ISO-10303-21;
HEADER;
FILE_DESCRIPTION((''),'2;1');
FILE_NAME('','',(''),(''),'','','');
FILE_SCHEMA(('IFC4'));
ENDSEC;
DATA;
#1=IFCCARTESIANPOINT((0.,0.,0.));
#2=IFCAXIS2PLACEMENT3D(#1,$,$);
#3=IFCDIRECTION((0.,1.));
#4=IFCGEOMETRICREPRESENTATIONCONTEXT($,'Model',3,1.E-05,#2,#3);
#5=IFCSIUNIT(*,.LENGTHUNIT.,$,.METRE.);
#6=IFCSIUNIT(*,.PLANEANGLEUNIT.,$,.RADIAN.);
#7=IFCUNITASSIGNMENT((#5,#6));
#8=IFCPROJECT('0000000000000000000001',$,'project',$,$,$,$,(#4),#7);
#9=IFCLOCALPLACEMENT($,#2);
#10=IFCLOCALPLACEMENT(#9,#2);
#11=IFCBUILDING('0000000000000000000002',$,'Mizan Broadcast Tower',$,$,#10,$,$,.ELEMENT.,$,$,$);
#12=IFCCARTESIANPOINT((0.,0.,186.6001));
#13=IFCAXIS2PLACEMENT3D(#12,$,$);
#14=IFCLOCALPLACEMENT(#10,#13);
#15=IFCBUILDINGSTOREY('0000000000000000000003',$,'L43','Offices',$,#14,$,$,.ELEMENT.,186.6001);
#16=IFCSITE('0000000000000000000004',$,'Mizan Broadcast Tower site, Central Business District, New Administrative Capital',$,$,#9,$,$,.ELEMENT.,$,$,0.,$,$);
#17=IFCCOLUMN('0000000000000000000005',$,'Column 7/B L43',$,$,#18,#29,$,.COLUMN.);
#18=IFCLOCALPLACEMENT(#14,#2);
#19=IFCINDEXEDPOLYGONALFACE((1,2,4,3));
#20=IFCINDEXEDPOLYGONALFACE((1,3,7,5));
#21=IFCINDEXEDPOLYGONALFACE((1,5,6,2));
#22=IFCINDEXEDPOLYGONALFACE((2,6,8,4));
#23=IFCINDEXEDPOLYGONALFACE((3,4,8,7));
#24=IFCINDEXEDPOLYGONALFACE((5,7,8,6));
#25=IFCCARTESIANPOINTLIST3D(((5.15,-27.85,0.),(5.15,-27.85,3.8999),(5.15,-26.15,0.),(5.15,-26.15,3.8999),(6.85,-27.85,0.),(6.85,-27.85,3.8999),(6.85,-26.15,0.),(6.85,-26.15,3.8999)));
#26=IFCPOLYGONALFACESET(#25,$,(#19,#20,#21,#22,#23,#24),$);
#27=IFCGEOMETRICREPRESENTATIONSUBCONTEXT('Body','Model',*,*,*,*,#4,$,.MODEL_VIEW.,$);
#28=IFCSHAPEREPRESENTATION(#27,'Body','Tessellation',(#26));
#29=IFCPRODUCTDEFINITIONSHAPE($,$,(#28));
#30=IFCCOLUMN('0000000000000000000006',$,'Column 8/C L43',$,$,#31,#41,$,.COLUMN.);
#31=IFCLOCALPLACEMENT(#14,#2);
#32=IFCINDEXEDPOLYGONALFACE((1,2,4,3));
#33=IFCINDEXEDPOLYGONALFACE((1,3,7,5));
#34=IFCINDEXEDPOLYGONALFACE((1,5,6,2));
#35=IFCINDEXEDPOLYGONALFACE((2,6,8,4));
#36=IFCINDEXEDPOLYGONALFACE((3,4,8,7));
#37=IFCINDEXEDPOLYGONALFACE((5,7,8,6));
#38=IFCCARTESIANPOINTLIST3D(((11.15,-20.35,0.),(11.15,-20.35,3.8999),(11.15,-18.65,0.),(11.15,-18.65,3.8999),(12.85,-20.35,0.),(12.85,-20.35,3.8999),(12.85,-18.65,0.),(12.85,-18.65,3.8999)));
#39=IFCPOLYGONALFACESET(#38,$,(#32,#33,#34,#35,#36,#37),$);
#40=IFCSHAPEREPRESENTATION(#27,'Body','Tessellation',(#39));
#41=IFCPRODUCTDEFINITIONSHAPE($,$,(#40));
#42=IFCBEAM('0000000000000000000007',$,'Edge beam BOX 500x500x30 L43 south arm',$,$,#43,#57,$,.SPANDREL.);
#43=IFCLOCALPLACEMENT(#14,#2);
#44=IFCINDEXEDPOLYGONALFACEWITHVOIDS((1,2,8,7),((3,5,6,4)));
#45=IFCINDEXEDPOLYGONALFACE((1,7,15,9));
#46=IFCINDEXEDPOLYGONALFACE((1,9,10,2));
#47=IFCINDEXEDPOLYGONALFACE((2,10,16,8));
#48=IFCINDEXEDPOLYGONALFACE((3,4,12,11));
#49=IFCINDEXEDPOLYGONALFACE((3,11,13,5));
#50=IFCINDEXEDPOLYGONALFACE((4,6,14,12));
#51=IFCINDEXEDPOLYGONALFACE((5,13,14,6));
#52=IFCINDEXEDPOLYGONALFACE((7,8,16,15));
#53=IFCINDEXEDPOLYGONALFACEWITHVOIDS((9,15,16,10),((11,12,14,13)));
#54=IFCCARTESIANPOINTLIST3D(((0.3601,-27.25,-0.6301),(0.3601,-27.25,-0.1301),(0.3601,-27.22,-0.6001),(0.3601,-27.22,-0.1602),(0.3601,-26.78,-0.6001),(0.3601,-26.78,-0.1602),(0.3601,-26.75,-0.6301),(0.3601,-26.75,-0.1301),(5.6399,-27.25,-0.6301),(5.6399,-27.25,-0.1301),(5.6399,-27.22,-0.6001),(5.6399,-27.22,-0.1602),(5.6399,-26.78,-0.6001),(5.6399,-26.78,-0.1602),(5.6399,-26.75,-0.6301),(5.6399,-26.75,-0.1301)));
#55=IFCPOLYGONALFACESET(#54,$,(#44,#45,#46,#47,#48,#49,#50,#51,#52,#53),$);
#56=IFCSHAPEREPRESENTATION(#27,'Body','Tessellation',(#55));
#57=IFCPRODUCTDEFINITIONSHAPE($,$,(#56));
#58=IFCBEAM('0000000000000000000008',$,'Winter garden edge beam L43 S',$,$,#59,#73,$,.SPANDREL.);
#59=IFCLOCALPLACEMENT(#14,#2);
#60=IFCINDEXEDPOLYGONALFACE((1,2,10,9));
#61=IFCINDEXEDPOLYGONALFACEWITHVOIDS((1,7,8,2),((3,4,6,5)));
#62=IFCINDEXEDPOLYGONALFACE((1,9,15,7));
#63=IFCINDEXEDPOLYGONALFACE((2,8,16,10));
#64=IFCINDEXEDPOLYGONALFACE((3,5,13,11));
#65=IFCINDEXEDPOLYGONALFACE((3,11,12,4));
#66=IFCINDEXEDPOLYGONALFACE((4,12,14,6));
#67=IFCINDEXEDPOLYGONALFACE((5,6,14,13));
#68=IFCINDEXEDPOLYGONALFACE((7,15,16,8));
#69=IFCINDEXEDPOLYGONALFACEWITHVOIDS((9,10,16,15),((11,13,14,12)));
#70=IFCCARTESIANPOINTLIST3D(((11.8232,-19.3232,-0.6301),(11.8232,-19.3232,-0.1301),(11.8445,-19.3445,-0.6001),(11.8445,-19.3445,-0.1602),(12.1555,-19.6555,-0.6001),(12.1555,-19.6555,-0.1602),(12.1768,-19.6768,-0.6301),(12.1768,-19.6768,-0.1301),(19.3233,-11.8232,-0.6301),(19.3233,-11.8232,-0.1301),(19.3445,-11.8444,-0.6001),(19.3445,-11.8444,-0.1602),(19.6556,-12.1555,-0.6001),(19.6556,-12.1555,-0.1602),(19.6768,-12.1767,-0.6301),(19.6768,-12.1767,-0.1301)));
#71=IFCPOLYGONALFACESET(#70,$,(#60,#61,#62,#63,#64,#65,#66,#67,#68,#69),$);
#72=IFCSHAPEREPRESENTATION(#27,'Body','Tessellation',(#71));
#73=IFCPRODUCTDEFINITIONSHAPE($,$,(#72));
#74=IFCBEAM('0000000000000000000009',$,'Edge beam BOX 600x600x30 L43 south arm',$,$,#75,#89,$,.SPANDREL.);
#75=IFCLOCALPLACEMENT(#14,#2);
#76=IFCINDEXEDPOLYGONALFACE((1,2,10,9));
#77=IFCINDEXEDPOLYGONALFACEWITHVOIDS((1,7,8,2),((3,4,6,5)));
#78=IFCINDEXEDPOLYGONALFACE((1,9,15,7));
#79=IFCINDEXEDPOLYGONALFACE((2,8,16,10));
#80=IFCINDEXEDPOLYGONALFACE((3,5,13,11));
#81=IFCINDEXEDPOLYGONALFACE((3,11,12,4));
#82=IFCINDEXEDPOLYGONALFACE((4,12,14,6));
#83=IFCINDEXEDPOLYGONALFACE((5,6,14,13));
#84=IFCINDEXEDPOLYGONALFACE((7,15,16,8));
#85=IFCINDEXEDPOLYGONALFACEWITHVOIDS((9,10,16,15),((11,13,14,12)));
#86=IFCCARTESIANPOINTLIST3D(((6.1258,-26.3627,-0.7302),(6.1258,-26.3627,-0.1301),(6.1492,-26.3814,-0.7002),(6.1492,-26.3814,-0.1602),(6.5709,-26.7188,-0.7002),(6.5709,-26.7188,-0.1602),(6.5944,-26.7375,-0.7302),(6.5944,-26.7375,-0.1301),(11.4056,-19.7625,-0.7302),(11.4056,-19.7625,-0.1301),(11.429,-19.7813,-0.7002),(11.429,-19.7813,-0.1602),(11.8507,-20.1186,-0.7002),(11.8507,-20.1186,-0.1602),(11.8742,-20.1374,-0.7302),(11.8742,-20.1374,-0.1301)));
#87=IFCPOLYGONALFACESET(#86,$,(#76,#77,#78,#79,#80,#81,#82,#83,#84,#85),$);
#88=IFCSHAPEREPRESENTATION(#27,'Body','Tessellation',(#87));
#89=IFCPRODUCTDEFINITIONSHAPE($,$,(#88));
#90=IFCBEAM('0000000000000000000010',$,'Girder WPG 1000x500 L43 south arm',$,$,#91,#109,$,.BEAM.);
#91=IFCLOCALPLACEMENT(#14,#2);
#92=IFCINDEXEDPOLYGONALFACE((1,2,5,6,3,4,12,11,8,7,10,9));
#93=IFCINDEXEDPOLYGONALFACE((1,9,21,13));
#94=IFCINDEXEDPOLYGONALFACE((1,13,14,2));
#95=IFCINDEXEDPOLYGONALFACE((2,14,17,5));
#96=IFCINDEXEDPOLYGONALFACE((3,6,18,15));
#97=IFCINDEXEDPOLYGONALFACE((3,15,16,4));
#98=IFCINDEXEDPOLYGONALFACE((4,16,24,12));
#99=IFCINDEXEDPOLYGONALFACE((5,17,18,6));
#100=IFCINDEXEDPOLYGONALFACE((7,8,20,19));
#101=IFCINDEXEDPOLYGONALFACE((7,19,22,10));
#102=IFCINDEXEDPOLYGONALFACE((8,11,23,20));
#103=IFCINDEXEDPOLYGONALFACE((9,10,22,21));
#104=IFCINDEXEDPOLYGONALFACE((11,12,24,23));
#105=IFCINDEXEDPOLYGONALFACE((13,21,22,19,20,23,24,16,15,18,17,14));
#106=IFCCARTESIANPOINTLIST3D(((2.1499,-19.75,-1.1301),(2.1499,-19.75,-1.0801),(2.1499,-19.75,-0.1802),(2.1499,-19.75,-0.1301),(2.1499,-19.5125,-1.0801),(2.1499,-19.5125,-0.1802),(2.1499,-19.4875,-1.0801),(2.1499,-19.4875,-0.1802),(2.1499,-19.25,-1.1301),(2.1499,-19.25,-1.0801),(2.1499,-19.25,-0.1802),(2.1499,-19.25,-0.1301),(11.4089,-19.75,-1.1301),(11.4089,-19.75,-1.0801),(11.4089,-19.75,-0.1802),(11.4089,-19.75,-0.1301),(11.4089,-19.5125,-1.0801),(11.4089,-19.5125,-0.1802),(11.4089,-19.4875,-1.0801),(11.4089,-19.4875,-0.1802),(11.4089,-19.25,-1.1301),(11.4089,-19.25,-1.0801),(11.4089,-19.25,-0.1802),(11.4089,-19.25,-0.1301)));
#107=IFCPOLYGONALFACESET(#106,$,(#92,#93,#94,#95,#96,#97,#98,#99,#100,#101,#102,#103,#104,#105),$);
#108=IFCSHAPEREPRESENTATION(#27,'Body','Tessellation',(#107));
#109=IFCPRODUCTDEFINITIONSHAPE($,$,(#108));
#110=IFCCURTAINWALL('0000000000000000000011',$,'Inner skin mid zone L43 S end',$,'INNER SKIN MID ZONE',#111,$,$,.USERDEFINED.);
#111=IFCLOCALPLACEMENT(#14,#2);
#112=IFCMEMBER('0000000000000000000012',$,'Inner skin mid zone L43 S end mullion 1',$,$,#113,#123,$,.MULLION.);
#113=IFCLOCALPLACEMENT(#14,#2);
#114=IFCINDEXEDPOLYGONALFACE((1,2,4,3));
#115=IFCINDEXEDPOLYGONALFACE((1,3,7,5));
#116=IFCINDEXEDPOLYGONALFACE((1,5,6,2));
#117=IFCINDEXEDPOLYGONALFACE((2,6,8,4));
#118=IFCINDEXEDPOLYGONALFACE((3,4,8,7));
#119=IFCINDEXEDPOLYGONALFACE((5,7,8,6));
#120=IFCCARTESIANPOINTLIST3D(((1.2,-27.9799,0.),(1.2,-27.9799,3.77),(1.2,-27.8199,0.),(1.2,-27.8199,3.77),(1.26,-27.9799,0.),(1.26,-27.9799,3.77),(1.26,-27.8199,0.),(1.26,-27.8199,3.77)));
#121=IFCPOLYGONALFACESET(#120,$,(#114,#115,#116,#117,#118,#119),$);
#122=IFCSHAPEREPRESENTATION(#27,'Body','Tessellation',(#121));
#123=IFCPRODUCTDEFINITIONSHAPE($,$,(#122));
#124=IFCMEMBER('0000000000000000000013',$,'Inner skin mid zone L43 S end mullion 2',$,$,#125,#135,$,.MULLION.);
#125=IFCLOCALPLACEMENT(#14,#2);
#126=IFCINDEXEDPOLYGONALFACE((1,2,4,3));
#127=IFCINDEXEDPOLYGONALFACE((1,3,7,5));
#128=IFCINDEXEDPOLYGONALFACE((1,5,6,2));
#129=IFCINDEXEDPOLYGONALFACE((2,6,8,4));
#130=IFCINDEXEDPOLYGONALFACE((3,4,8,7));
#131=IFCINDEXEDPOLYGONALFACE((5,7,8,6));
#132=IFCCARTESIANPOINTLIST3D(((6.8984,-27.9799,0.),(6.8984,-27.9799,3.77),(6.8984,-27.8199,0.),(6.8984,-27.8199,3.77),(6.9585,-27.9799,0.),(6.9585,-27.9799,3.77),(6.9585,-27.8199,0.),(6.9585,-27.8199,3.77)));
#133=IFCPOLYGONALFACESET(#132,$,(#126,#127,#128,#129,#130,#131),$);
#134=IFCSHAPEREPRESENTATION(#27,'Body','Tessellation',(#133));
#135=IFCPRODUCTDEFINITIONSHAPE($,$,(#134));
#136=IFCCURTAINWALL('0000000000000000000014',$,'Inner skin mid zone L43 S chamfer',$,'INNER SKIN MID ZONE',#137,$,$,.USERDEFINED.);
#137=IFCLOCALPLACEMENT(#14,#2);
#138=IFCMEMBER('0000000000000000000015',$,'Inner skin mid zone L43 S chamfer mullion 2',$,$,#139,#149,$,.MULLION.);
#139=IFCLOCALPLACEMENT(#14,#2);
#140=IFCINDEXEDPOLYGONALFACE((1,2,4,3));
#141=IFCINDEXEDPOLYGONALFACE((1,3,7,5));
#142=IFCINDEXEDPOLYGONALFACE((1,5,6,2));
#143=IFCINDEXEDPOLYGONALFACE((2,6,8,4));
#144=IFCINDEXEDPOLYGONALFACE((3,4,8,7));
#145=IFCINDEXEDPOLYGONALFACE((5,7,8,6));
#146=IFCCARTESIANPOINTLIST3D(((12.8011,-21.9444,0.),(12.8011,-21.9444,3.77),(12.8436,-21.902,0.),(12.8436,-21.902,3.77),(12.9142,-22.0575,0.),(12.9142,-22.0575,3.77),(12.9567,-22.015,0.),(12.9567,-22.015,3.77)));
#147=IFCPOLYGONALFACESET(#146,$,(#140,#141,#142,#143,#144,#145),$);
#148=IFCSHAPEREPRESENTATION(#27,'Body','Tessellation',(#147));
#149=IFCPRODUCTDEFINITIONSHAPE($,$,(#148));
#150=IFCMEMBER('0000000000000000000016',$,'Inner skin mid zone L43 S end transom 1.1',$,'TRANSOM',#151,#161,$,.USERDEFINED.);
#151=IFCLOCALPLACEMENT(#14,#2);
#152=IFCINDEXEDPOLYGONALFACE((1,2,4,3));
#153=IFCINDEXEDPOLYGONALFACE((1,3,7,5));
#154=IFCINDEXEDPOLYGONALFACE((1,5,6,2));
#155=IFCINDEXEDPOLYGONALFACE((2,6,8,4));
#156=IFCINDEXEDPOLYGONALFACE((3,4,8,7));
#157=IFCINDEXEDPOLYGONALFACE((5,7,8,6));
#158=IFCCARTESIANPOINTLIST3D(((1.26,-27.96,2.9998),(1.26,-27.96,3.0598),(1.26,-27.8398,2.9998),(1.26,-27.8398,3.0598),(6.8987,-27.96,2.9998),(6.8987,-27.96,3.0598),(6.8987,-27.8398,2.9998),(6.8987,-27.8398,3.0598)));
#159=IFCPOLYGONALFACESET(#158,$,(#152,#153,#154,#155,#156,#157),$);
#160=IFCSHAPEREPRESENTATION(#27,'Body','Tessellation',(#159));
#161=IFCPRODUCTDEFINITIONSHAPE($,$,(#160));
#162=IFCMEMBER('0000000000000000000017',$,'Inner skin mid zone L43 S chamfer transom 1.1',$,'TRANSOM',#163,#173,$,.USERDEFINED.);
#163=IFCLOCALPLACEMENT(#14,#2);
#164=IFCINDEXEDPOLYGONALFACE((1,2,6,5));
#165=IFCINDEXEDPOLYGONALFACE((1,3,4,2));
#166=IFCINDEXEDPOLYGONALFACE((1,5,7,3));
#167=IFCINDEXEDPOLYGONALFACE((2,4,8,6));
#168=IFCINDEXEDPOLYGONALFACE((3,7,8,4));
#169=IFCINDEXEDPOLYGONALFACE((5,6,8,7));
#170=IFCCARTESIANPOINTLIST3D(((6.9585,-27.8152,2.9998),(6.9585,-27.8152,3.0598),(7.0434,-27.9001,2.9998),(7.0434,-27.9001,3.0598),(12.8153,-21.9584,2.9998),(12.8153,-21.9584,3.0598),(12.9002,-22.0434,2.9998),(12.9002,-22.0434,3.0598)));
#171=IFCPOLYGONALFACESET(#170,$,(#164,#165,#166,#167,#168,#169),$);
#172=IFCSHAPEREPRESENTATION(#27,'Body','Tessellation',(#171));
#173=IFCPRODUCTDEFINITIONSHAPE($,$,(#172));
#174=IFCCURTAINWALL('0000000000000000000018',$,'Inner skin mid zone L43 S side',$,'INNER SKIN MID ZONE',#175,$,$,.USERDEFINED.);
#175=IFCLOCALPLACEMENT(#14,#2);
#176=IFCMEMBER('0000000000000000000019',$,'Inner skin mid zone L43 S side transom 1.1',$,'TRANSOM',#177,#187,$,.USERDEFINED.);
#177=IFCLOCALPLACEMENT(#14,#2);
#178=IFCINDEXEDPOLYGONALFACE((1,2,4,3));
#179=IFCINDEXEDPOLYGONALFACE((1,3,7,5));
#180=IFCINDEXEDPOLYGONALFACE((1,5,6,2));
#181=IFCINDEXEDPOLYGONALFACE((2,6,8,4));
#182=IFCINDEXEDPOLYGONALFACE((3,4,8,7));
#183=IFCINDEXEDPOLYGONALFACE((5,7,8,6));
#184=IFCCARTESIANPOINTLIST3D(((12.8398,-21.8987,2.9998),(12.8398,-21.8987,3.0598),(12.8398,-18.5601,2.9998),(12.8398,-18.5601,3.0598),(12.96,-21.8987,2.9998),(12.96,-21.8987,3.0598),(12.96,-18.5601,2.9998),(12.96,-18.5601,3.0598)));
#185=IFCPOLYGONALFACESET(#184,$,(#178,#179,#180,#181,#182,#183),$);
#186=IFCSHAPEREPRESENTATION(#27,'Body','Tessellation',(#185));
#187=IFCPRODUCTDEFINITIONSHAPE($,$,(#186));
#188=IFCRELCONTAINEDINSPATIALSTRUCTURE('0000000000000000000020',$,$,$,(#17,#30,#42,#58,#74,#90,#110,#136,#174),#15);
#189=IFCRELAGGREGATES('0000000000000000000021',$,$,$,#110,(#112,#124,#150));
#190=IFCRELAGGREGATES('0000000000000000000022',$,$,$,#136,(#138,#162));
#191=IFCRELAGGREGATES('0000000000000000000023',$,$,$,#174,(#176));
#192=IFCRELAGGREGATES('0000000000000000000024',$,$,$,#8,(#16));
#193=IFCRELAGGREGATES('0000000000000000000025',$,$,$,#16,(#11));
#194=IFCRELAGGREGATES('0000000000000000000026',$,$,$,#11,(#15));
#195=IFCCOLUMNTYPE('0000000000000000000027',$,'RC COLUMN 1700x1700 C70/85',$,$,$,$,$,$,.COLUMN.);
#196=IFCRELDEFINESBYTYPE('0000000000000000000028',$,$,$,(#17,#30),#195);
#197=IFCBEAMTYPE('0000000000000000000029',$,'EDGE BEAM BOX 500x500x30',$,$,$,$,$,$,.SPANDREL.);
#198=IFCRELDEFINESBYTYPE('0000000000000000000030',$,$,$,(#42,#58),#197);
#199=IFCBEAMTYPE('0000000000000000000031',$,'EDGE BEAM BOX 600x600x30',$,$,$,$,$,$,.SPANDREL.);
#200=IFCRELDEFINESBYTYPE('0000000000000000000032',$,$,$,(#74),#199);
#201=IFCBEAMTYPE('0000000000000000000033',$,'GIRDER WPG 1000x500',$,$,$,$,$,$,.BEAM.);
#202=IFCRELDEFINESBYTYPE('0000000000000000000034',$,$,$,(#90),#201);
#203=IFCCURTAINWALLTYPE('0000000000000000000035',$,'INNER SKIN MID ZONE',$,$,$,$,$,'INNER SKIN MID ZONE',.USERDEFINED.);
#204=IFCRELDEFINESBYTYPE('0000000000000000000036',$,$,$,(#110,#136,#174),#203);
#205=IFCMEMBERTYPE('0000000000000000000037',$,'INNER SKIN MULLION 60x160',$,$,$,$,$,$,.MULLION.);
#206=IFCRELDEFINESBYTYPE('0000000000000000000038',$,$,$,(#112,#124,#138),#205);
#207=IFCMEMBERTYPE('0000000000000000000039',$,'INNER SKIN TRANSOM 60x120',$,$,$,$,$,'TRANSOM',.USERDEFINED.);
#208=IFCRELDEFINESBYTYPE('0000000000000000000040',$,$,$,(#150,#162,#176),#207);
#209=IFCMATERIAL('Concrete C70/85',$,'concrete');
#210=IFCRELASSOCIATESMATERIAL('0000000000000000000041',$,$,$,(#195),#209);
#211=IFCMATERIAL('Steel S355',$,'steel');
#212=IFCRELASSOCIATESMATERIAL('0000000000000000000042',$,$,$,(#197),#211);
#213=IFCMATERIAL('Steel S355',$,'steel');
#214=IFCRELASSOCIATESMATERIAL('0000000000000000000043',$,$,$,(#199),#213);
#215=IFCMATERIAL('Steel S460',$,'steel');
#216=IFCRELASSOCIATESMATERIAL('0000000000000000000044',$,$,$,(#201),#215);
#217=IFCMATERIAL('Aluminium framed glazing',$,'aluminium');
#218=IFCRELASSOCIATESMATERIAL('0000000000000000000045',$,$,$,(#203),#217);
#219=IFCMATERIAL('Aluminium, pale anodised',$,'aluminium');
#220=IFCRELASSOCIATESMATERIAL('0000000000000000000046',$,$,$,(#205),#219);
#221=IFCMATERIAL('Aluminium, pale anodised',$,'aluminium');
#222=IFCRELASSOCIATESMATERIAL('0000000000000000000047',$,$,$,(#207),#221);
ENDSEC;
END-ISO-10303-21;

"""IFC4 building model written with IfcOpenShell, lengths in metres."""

from ifc_helpers import new_model, si_unit, direction, frame, origin, origin_2d, place, context, subcontext, project, spatial, rectangle, hollow_rectangle, i_section, extrude, material, material_profile, profile_set, type_object, element, aggregate, save


model = new_model("IFC4")

# Units and contexts
model_context = context("Model", 3, precision=1e-05, world=origin(), true_north=direction((0.0, 1.0)))
body_context = subcontext(model_context, "Body", "Model", "MODEL_VIEW")
ifc_project = project(units=[si_unit("LENGTHUNIT", "METRE"), si_unit("PLANEANGLEUNIT", "RADIAN")], contexts=[model_context])

# Site, building, storey
site_placement = place(None, origin())
site = spatial("IfcSite", under=ifc_project, at=site_placement, Name="Mizan Broadcast Tower site, Central Business District, New Administrative Capital", CompositionType="ELEMENT", RefElevation=0.0)
building_placement = place(site_placement, origin())
building = spatial("IfcBuilding", under=site, at=building_placement, Name="Mizan Broadcast Tower", CompositionType="ELEMENT")
storey_placement = place(building_placement, frame((0.0, 0.0, 186.6001)))
storey = spatial("IfcBuildingStorey", under=building, at=storey_placement, Name="L43", Description="Offices", CompositionType="ELEMENT", Elevation=186.6001)

# Columns
ifc_material_1 = material(Name="Concrete C70/85", Category="concrete")
ifc_material_profile_1 = material_profile(ifc_material_1, rectangle(XDim=1.7, YDim=1.7, at=origin_2d()), Name="RC 1700x1700")
ifc_profile_set_1 = profile_set([ifc_material_profile_1], Name="Concrete C70/85")
column_type = type_object("IfcColumnType", Name="RC COLUMN 1700x1700 C70/85", PredefinedType="COLUMN", material=ifc_profile_set_1)
for number, where, z_axis, x_axis, name in (
    (1, (6.0, -27.0, 0.0), (0.0, 0.0, 1.0), (1.0, 0.0, 0.0), "Column 7/B L43"),
    (2, (12.0, -19.5, 0.0), (0.0, 0.0, 1.0), (1.0, 0.0, 0.0), "Column 8/C L43"),
):
    element("IfcColumn", number, at=place(storey_placement, frame(where, z_axis=z_axis, x_axis=x_axis)), inside=storey, type_object=column_type, Name=name, PredefinedType="COLUMN", context=body_context, shape_type="SweptSolid", body=[
        extrude(rectangle(XDim=1.7, YDim=1.7, at=origin_2d()), origin(), (0.0, 0.0, 1.0), 3.8999),
    ])

# Beams
ifc_material_2 = material(Name="Steel S355", Category="steel")
ifc_material_profile_2 = material_profile(ifc_material_2, hollow_rectangle(XDim=0.5, YDim=0.5, WallThickness=0.03, at=origin_2d()), Name="BOX 500x500x30")
ifc_profile_set_2 = profile_set([ifc_material_profile_2], Name="Steel S355")
beam_type_1 = type_object("IfcBeamType", Name="EDGE BEAM BOX 500x500x30", PredefinedType="SPANDREL", material=ifc_profile_set_2)
beam_1_placement = place(storey_placement, frame((5.6399, -27.0, -0.3801), z_axis=(-1.0, 0.0, 0.0), x_axis=(0.0, -1.0, 0.0)))
element("IfcBeam", 3, at=beam_1_placement, inside=storey, type_object=beam_type_1, Name="Edge beam BOX 500x500x30 L43 south arm", PredefinedType="SPANDREL", context=body_context, shape_type="SweptSolid", body=[
    extrude(hollow_rectangle(XDim=0.5, YDim=0.5, WallThickness=0.03, at=origin_2d()), origin(), (0.0, 0.0, 1.0), 5.2798),
])
beam_2_placement = place(storey_placement, frame((12.0, -19.5, -0.3801), z_axis=(0.707107, 0.707107, 0.0), x_axis=(-0.707107, 0.707107, 0.0)))
element("IfcBeam", 4, at=beam_2_placement, inside=storey, type_object=beam_type_1, Name="Winter garden edge beam L43 S", PredefinedType="SPANDREL", context=body_context, shape_type="SweptSolid", body=[
    extrude(hollow_rectangle(XDim=0.5, YDim=0.5, WallThickness=0.03, at=origin_2d()), origin(), (0.0, 0.0, 1.0), 10.6067),
])
ifc_material_3 = material(Name="Steel S355", Category="steel")
ifc_material_profile_3 = material_profile(ifc_material_3, hollow_rectangle(XDim=0.6001, YDim=0.6001, WallThickness=0.03, at=origin_2d()), Name="BOX 600x600x30")
ifc_profile_set_3 = profile_set([ifc_material_profile_3], Name="Steel S355")
beam_type_2 = type_object("IfcBeamType", Name="EDGE BEAM BOX 600x600x30", PredefinedType="SPANDREL", material=ifc_profile_set_3)
beam_3_placement = place(storey_placement, frame((11.6399, -19.95, -0.4302), z_axis=(-0.624674, -0.780886, 0.0), x_axis=(0.780886, -0.624674, 0.0)))
element("IfcBeam", 5, at=beam_3_placement, inside=storey, type_object=beam_type_2, Name="Edge beam BOX 600x600x30 L43 south arm", PredefinedType="SPANDREL", context=body_context, shape_type="SweptSolid", body=[
    extrude(hollow_rectangle(XDim=0.6001, YDim=0.6001, WallThickness=0.03, at=origin_2d()), origin(), (0.0, 0.0, 1.0), 8.4521),
])
ifc_material_4 = material(Name="Steel S460", Category="steel")
ifc_material_profile_4 = material_profile(ifc_material_4, i_section(OverallWidth=0.5, OverallDepth=1.0, WebThickness=0.0249, FlangeThickness=0.05, at=origin_2d()), Name="WPG 1000x500")
ifc_profile_set_4 = profile_set([ifc_material_profile_4], Name="Steel S460")
beam_type_3 = type_object("IfcBeamType", Name="GIRDER WPG 1000x500", PredefinedType="BEAM", material=ifc_profile_set_4)
beam_4_placement = place(storey_placement, frame((11.4089, -19.5, -0.6301), z_axis=(-1.0, 0.0, 0.0), x_axis=(0.0, -1.0, 0.0)))
element("IfcBeam", 6, at=beam_4_placement, inside=storey, type_object=beam_type_3, Name="Girder WPG 1000x500 L43 south arm", PredefinedType="BEAM", context=body_context, shape_type="SweptSolid", body=[
    extrude(i_section(OverallWidth=0.5, OverallDepth=1.0, WebThickness=0.0249, FlangeThickness=0.05, at=origin_2d()), origin(), (0.0, 0.0, 1.0), 9.259),
])

# Curtain wall, members
ifc_material_5 = material(Name="Aluminium framed glazing", Category="aluminium")
curtain_wall_type_1 = type_object("IfcCurtainWallType", Name="INNER SKIN MID ZONE", ElementType="INNER SKIN MID ZONE", PredefinedType="USERDEFINED", material=ifc_material_5)
curtain_wall_1_placement = place(storey_placement, origin())
curtain_wall_1 = element("IfcCurtainWall", 7, at=curtain_wall_1_placement, inside=storey, type_object=curtain_wall_type_1, Name="Inner skin mid zone L43 S end", ObjectType="INNER SKIN MID ZONE", PredefinedType="USERDEFINED")
ifc_material_6 = material(Name="Aluminium, pale anodised", Category="aluminium")
ifc_material_profile_5 = material_profile(ifc_material_6, rectangle(XDim=0.1599, YDim=0.0601, at=origin_2d()), Name="MULLION 160x60")
ifc_profile_set_5 = profile_set([ifc_material_profile_5], Name="Aluminium, pale anodised")
member_type_1 = type_object("IfcMemberType", Name="INNER SKIN MULLION 60x160", PredefinedType="MULLION", material=ifc_profile_set_5)
member_1_placement = place(storey_placement, frame((1.23, -27.8999, 0.0), z_axis=(0.0, 0.0, 1.0), x_axis=(0.0, 1.0, 0.0)))
member_1 = element("IfcMember", 8, at=member_1_placement, type_object=member_type_1, Name="Inner skin mid zone L43 S end mullion 1", PredefinedType="MULLION", context=body_context, shape_type="SweptSolid", body=[
    extrude(rectangle(XDim=0.1599, YDim=0.0601, at=origin_2d()), origin(), (0.0, 0.0, 1.0), 3.77),
])
member_2_placement = place(storey_placement, frame((6.9285, -27.8999, 0.0), z_axis=(0.0, 0.0, 1.0), x_axis=(0.0, 1.0, 0.0)))
member_2 = element("IfcMember", 9, at=member_2_placement, type_object=member_type_1, Name="Inner skin mid zone L43 S end mullion 2", PredefinedType="MULLION", context=body_context, shape_type="SweptSolid", body=[
    extrude(rectangle(XDim=0.1599, YDim=0.0601, at=origin_2d()), origin(), (0.0, 0.0, 1.0), 3.77),
])

# Curtain wall, member
curtain_wall_2_placement = place(storey_placement, origin())
curtain_wall_2 = element("IfcCurtainWall", 10, at=curtain_wall_2_placement, inside=storey, type_object=curtain_wall_type_1, Name="Inner skin mid zone L43 S chamfer", ObjectType="INNER SKIN MID ZONE", PredefinedType="USERDEFINED")
member_3_placement = place(storey_placement, frame((12.8789, -21.9797, 0.0), z_axis=(0.0, 0.0, 1.0), x_axis=(-0.707107, 0.707107, 0.0)))
member_3 = element("IfcMember", 11, at=member_3_placement, type_object=member_type_1, Name="Inner skin mid zone L43 S chamfer mullion 2", PredefinedType="MULLION", context=body_context, shape_type="SweptSolid", body=[
    extrude(rectangle(XDim=0.1599, YDim=0.0601, at=origin_2d()), origin(), (0.0, 0.0, 1.0), 3.77),
])

# Members
ifc_material_7 = material(Name="Aluminium, pale anodised", Category="aluminium")
ifc_material_profile_6 = material_profile(ifc_material_7, rectangle(XDim=0.1201, YDim=0.0601, at=origin_2d()), Name="TRANSOM 120x60")
ifc_profile_set_6 = profile_set([ifc_material_profile_6], Name="Aluminium, pale anodised")
member_type_2 = type_object("IfcMemberType", Name="INNER SKIN TRANSOM 60x120", ElementType="TRANSOM", PredefinedType="USERDEFINED", material=ifc_profile_set_6)
member_4_placement = place(storey_placement, frame((1.26, -27.8999, 3.0298), z_axis=(1.0, 0.0, 0.0), x_axis=(0.0, 1.0, 0.0)))
member_4 = element("IfcMember", 12, at=member_4_placement, type_object=member_type_2, Name="Inner skin mid zone L43 S end transom 1.1", ObjectType="TRANSOM", PredefinedType="USERDEFINED", context=body_context, shape_type="SweptSolid", body=[
    extrude(rectangle(XDim=0.1201, YDim=0.0601, at=origin_2d()), origin(), (0.0, 0.0, 1.0), 5.6387),
])
member_5_placement = place(storey_placement, frame((7.001, -27.8577, 3.0298), z_axis=(0.707107, 0.707107, 0.0), x_axis=(-0.707107, 0.707107, 0.0)))
member_5 = element("IfcMember", 13, at=member_5_placement, type_object=member_type_2, Name="Inner skin mid zone L43 S chamfer transom 1.1", ObjectType="TRANSOM", PredefinedType="USERDEFINED", context=body_context, shape_type="SweptSolid", body=[
    extrude(rectangle(XDim=0.1201, YDim=0.0601, at=origin_2d()), origin(), (0.0, 0.0, 1.0), 8.2827),
])

# Curtain wall, member
curtain_wall_3_placement = place(storey_placement, origin())
curtain_wall_3 = element("IfcCurtainWall", 14, at=curtain_wall_3_placement, inside=storey, type_object=curtain_wall_type_1, Name="Inner skin mid zone L43 S side", ObjectType="INNER SKIN MID ZONE", PredefinedType="USERDEFINED")
member_6_placement = place(storey_placement, frame((12.8999, -21.8987, 3.0298), z_axis=(0.0, 1.0, 0.0), x_axis=(-1.0, 0.0, 0.0)))
member_6 = element("IfcMember", 15, at=member_6_placement, type_object=member_type_2, Name="Inner skin mid zone L43 S side transom 1.1", ObjectType="TRANSOM", PredefinedType="USERDEFINED", context=body_context, shape_type="SweptSolid", body=[
    extrude(rectangle(XDim=0.1201, YDim=0.0601, at=origin_2d()), origin(), (0.0, 0.0, 1.0), 3.3386),
])

aggregate(curtain_wall_1, [member_1, member_2, member_4])
aggregate(curtain_wall_2, [member_3, member_5])
aggregate(curtain_wall_3, [member_6])

save(model, "model.ifc")
